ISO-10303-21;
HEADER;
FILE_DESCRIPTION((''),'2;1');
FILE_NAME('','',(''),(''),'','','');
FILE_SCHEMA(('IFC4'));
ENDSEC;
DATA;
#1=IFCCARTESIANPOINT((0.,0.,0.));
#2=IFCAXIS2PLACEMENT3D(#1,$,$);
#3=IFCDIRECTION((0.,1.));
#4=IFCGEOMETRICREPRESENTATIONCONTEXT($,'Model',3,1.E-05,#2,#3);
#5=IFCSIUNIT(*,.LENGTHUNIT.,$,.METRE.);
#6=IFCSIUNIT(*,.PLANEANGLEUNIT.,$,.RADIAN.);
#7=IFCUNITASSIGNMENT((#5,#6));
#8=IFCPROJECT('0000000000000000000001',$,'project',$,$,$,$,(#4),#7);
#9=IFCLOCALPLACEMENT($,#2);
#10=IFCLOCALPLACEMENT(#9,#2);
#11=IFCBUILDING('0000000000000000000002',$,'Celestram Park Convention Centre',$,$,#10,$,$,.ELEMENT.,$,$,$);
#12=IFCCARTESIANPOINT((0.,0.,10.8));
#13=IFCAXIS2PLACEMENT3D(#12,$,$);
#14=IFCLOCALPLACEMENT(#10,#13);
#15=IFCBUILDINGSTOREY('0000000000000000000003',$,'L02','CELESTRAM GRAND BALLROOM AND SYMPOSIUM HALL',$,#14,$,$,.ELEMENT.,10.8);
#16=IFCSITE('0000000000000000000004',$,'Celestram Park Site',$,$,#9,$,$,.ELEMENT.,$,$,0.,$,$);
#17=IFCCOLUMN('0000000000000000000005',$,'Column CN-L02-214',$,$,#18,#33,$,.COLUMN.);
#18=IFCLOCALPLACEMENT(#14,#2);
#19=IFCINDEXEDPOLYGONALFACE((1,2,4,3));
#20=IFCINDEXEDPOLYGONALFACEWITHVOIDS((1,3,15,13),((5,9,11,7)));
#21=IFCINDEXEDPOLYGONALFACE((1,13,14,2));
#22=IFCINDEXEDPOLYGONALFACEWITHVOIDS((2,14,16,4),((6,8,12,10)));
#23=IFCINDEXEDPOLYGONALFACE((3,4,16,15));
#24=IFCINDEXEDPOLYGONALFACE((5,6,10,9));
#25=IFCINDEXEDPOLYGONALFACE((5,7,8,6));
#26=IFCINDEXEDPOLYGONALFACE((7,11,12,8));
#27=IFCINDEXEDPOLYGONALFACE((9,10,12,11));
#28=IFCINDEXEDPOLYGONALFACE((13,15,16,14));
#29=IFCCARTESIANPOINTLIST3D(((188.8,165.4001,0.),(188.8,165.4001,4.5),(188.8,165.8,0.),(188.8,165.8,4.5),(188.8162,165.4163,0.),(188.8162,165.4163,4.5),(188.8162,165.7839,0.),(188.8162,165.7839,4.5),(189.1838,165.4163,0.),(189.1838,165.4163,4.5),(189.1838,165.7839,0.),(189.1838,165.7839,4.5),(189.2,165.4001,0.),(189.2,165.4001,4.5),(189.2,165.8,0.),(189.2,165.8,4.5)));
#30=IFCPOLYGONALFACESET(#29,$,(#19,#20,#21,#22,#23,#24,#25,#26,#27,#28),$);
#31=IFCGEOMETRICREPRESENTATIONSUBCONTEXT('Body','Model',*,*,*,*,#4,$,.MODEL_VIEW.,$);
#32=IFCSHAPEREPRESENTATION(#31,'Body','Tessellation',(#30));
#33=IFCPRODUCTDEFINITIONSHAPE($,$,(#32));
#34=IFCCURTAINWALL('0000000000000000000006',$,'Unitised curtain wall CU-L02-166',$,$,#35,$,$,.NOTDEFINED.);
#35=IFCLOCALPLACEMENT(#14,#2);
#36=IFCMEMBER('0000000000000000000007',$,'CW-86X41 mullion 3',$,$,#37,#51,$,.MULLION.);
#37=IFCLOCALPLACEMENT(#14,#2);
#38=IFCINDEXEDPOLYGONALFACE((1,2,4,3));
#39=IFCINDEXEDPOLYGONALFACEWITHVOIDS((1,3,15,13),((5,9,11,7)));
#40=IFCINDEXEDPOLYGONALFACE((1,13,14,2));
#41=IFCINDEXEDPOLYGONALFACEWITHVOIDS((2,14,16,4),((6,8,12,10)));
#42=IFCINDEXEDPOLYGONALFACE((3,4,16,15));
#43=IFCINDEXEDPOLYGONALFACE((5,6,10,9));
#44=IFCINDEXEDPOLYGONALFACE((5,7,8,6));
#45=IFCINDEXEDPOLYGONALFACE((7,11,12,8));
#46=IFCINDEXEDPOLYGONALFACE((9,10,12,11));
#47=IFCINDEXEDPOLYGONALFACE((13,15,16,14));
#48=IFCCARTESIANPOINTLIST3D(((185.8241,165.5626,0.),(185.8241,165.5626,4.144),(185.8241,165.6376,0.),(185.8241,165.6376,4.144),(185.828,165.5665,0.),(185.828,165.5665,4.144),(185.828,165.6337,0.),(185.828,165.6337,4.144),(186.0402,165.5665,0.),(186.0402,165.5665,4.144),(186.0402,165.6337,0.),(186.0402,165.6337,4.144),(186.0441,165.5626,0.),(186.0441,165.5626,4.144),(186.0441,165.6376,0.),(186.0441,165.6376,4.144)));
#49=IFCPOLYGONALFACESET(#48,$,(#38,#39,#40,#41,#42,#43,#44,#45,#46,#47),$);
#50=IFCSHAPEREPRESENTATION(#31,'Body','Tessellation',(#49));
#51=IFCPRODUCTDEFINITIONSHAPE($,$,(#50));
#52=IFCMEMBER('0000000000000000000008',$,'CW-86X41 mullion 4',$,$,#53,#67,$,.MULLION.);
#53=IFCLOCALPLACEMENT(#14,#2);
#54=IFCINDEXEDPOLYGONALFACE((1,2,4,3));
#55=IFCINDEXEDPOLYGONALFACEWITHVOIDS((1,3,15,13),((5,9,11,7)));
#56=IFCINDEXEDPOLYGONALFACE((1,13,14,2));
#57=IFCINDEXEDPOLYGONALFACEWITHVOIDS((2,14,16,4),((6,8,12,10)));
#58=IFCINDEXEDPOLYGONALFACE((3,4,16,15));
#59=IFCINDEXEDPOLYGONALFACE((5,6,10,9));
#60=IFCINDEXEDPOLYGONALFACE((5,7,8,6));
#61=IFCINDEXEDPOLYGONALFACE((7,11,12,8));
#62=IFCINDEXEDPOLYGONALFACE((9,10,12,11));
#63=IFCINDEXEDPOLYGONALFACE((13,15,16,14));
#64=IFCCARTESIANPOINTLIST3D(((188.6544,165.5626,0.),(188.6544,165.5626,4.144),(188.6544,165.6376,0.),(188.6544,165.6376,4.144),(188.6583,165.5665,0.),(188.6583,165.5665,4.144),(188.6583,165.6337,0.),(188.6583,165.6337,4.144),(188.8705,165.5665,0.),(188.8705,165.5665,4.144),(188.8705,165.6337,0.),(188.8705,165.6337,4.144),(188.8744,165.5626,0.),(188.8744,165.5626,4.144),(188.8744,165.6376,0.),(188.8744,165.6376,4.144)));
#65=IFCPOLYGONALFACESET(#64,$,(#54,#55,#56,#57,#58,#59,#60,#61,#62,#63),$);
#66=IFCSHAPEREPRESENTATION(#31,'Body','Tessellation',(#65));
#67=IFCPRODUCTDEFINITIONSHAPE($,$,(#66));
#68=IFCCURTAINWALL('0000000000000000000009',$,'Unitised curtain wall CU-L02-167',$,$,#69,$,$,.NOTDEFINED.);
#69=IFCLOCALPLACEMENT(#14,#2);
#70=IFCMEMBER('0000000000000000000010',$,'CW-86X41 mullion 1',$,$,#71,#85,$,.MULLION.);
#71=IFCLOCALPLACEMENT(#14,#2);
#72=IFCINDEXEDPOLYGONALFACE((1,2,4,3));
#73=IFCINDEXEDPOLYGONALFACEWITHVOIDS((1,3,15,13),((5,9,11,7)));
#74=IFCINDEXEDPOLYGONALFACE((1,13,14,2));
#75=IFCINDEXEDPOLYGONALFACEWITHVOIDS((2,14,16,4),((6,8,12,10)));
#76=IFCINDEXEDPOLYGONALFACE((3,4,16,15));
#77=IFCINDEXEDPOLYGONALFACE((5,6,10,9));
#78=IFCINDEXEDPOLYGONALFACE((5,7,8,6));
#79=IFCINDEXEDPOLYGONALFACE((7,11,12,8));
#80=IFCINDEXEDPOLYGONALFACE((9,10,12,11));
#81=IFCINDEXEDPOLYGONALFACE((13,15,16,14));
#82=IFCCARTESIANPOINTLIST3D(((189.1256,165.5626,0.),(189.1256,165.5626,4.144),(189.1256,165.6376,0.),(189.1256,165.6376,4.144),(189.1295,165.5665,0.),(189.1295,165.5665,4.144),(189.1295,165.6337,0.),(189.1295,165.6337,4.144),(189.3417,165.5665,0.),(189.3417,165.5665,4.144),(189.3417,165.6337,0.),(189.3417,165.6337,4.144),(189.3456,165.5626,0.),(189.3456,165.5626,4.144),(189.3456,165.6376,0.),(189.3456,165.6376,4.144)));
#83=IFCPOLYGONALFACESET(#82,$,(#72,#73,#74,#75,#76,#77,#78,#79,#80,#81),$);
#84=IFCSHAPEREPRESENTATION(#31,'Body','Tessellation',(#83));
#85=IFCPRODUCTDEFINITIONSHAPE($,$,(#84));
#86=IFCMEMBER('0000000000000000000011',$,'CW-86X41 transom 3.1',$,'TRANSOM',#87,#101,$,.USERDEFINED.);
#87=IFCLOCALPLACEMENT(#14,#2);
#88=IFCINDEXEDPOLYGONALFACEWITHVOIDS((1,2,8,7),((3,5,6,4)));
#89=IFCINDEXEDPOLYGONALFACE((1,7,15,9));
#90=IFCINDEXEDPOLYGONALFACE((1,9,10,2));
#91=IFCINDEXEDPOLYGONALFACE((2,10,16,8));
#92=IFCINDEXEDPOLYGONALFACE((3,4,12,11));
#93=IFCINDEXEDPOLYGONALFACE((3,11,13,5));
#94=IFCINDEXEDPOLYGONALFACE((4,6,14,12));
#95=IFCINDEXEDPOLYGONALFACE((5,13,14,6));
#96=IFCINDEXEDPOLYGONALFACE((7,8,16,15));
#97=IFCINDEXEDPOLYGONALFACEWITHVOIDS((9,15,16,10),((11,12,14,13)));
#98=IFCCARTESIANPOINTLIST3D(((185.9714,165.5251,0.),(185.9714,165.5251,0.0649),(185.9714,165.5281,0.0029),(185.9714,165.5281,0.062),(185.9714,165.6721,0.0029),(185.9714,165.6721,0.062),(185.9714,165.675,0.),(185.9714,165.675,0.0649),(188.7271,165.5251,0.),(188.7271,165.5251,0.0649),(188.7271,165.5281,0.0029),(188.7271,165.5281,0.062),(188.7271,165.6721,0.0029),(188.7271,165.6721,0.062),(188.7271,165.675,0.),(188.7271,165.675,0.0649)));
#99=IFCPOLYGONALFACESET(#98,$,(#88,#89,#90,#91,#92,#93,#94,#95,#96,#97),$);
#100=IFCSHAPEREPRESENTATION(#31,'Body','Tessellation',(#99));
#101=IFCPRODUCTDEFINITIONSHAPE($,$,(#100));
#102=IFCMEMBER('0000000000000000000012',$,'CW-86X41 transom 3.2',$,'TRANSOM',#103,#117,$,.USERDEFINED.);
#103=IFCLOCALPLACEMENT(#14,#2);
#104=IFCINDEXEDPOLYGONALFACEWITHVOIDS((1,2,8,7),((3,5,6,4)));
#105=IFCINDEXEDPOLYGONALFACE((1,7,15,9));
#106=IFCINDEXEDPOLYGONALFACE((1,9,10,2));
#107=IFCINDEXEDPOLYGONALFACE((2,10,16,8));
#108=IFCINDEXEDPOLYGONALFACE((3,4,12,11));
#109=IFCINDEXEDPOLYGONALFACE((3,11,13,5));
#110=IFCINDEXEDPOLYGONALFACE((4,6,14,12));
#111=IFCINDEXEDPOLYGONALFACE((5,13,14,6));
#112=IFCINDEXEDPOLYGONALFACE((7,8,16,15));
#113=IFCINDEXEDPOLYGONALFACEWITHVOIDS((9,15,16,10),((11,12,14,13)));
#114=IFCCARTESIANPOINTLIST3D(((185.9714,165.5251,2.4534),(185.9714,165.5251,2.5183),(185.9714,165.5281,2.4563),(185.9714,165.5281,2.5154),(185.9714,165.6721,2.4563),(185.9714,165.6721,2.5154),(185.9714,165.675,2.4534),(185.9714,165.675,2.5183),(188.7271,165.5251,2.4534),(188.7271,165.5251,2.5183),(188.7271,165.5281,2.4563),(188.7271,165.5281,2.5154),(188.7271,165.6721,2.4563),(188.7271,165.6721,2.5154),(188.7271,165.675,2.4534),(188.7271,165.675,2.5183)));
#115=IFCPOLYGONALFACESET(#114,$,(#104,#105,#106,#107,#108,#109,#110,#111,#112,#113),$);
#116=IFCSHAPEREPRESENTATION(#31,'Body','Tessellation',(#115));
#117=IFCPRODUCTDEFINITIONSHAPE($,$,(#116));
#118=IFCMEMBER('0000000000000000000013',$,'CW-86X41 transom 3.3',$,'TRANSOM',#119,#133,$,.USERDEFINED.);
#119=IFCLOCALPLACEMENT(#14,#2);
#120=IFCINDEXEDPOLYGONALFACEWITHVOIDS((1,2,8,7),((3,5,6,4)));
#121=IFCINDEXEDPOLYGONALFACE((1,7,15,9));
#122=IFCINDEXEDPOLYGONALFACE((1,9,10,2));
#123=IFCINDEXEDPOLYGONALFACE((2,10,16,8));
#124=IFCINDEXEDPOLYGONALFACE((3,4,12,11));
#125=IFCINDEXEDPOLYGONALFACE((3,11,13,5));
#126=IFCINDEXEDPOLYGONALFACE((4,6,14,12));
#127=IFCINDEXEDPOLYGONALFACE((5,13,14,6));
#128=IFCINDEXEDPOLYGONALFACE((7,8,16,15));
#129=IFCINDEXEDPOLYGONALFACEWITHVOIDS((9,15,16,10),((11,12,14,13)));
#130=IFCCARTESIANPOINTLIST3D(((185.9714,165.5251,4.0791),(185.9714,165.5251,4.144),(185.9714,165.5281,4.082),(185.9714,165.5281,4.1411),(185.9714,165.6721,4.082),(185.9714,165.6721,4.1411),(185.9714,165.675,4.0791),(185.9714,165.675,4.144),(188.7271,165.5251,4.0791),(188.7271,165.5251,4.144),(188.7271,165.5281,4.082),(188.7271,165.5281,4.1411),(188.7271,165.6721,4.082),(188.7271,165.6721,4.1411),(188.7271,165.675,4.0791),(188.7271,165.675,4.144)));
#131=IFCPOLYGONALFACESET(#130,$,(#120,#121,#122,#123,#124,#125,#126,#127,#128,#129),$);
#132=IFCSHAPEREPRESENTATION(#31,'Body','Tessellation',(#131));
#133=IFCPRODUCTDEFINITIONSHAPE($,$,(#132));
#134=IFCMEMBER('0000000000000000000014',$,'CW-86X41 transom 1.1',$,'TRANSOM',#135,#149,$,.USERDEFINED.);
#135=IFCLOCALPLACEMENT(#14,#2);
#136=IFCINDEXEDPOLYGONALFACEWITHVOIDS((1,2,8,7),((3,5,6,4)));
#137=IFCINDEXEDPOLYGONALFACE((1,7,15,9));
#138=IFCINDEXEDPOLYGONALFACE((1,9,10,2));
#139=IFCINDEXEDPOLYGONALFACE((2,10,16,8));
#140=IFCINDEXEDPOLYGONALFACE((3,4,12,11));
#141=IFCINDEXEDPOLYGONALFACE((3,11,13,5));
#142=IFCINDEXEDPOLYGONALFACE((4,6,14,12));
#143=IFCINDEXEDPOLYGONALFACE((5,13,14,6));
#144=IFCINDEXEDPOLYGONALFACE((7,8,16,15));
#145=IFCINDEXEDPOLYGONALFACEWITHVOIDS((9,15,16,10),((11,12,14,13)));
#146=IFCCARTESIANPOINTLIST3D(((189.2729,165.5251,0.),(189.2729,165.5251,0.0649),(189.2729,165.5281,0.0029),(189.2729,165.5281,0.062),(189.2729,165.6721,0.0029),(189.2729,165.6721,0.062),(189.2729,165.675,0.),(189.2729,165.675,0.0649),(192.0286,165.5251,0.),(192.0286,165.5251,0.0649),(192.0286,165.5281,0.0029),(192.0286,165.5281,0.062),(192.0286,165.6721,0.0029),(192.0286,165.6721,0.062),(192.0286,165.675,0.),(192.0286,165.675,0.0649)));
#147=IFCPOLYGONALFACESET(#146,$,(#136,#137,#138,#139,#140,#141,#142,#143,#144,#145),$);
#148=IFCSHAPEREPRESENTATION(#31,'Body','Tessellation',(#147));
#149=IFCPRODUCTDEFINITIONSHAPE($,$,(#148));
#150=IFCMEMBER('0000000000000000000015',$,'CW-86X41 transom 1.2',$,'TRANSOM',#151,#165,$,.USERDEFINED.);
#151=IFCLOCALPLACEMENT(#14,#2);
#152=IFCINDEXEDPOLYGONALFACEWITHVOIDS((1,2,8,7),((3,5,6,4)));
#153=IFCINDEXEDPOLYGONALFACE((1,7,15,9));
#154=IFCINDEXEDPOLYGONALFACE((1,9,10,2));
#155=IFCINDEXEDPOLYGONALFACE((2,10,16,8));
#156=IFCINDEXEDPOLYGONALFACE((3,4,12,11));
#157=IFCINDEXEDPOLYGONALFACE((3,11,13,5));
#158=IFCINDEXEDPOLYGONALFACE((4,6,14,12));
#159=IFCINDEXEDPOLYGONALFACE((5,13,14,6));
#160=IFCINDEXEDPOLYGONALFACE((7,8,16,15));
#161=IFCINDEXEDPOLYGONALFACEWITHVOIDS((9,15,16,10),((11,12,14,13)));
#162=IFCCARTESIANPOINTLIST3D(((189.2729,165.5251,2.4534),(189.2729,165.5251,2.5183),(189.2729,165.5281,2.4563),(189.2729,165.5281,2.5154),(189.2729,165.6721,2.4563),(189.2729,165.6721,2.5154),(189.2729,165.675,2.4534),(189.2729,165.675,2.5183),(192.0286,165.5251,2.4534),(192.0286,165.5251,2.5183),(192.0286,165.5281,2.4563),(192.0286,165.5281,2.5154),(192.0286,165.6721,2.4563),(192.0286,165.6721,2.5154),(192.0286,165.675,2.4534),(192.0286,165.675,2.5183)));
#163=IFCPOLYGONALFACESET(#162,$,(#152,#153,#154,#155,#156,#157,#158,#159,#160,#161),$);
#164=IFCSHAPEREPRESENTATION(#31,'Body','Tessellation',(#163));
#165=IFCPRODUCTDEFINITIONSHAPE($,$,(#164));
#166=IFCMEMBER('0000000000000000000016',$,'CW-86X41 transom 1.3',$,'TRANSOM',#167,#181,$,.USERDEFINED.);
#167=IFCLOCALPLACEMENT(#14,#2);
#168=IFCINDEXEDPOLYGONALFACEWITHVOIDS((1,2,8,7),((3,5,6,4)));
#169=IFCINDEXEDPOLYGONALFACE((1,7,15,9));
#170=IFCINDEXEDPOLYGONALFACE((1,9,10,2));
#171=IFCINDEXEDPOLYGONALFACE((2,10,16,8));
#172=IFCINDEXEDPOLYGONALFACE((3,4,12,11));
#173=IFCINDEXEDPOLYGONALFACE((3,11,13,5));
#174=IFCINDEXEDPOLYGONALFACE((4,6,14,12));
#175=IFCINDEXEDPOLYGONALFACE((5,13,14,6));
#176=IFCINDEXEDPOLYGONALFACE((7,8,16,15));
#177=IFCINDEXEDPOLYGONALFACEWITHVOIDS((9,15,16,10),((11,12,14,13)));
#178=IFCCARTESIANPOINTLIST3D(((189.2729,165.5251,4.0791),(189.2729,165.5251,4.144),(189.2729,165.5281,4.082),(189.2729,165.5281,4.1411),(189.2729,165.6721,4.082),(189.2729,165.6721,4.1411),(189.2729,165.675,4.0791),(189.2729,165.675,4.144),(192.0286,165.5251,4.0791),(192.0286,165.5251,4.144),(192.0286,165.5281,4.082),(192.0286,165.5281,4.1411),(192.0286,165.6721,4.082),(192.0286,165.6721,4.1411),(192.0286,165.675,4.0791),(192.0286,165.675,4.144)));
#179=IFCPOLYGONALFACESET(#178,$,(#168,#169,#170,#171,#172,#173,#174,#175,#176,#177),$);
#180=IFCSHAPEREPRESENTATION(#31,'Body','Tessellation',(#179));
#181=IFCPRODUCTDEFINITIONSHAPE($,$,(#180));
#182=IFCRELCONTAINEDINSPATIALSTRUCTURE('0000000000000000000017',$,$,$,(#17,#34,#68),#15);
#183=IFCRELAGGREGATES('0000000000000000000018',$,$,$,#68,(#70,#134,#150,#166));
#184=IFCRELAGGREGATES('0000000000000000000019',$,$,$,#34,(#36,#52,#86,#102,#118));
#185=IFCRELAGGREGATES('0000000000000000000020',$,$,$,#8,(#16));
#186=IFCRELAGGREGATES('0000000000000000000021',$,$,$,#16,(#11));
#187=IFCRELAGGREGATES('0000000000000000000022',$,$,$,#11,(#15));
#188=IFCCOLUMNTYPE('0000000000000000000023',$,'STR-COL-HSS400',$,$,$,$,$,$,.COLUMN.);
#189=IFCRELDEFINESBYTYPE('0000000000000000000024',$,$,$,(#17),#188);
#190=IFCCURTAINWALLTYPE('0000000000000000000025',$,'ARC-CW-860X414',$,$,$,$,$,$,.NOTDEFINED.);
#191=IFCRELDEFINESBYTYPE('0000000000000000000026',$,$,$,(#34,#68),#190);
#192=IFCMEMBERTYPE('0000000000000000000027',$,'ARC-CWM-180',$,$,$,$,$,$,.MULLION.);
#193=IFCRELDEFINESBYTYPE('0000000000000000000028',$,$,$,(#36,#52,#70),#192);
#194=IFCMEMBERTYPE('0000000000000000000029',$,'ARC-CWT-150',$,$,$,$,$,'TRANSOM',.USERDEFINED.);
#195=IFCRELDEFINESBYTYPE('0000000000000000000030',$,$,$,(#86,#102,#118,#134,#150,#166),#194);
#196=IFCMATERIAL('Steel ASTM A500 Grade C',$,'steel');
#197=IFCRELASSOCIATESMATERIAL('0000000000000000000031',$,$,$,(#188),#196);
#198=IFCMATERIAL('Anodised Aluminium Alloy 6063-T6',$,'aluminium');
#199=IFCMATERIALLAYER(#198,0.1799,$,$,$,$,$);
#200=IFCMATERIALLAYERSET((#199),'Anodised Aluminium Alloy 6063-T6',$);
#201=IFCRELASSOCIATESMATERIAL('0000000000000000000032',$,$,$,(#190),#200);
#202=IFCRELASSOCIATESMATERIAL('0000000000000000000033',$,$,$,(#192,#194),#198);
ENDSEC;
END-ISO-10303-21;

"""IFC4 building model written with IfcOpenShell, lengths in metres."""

from ifc_helpers import new_model, si_unit, direction, frame, origin, origin_2d, place, context, subcontext, project, spatial, hollow_rectangle, extrude, material, layer, layer_set, material_profile, profile_set, type_object, element, aggregate, save


model = new_model("IFC4")

# Units and contexts
model_context = context("Model", 3, precision=1e-05, world=origin(), true_north=direction((0.0, 1.0)))
body_context = subcontext(model_context, "Body", "Model", "MODEL_VIEW")
ifc_project = project(units=[si_unit("LENGTHUNIT", "METRE"), si_unit("PLANEANGLEUNIT", "RADIAN")], contexts=[model_context])

# Site, building, storey
site_placement = place(None, origin())
site = spatial("IfcSite", under=ifc_project, at=site_placement, Name="Celestram Park Site", CompositionType="ELEMENT", RefElevation=0.0)
building_placement = place(site_placement, origin())
building = spatial("IfcBuilding", under=site, at=building_placement, Name="Celestram Park Convention Centre", CompositionType="ELEMENT")
storey_placement = place(building_placement, frame((0.0, 0.0, 10.8)))
storey = spatial("IfcBuildingStorey", under=building, at=storey_placement, Name="L02", Description="CELESTRAM GRAND BALLROOM AND SYMPOSIUM HALL", CompositionType="ELEMENT", Elevation=10.8)

# Column
ifc_material_1 = material(Name="Steel ASTM A500 Grade C", Category="steel")
ifc_material_profile_1 = material_profile(ifc_material_1, hollow_rectangle(XDim=0.3999, YDim=0.3999, WallThickness=0.0161, at=origin_2d()), Name="HSS400X400X16")
ifc_profile_set_1 = profile_set([ifc_material_profile_1], Name="Steel ASTM A500 Grade C")
column_type = type_object("IfcColumnType", Name="STR-COL-HSS400", PredefinedType="COLUMN", material=ifc_profile_set_1)
column_placement = place(storey_placement, frame((189.0, 165.6001, 0.0), z_axis=(0.0, 0.0, 1.0), x_axis=(1.0, 0.0, 0.0)))
element("IfcColumn", 1, at=column_placement, inside=storey, type_object=column_type, Name="Column CN-L02-214", PredefinedType="COLUMN", context=body_context, shape_type="SweptSolid", body=[
    extrude(hollow_rectangle(XDim=0.3999, YDim=0.3999, WallThickness=0.0161, at=origin_2d()), origin(), (0.0, 0.0, 1.0), 4.5),
])

# Curtain wall, members
ifc_material_2 = material(Name="Anodised Aluminium Alloy 6063-T6", Category="aluminium")
ifc_layer_1 = layer(ifc_material_2, 0.1799)
ifc_layer_set_1 = layer_set([ifc_layer_1], Name="Anodised Aluminium Alloy 6063-T6")
curtain_wall_type = type_object("IfcCurtainWallType", Name="ARC-CW-860X414", PredefinedType="NOTDEFINED", material=ifc_layer_set_1)
curtain_wall_1_placement = place(storey_placement, origin())
curtain_wall_1 = element("IfcCurtainWall", 2, at=curtain_wall_1_placement, inside=storey, type_object=curtain_wall_type, Name="Unitised curtain wall CU-L02-166", PredefinedType="NOTDEFINED")
ifc_material_profile_2 = material_profile(ifc_material_2, hollow_rectangle(XDim=0.075, YDim=0.22, WallThickness=0.0039, at=origin_2d()), Name="ALU75X220X4")
ifc_profile_set_2 = profile_set([ifc_material_profile_2], Name="Anodised Aluminium Alloy 6063-T6")
member_type_1 = type_object("IfcMemberType", Name="ARC-CWM-180", PredefinedType="MULLION", material=ifc_profile_set_2)
member_1_placement = place(storey_placement, frame((185.9341, 165.6001, 0.0), z_axis=(0.0, 0.0, 1.0), x_axis=(0.0, 1.0, 0.0)))
member_1 = element("IfcMember", 3, at=member_1_placement, type_object=member_type_1, Name="CW-86X41 mullion 3", PredefinedType="MULLION", context=body_context, shape_type="SweptSolid", body=[
    extrude(hollow_rectangle(XDim=0.075, YDim=0.22, WallThickness=0.0039, at=origin_2d()), origin(), (0.0, 0.0, 1.0), 4.144),
])
member_2_placement = place(storey_placement, frame((188.7644, 165.6001, 0.0), z_axis=(0.0, 0.0, 1.0), x_axis=(0.0, 1.0, 0.0)))
member_2 = element("IfcMember", 4, at=member_2_placement, type_object=member_type_1, Name="CW-86X41 mullion 4", PredefinedType="MULLION", context=body_context, shape_type="SweptSolid", body=[
    extrude(hollow_rectangle(XDim=0.075, YDim=0.22, WallThickness=0.0039, at=origin_2d()), origin(), (0.0, 0.0, 1.0), 4.144),
])

# Curtain wall, member
curtain_wall_2_placement = place(storey_placement, origin())
curtain_wall_2 = element("IfcCurtainWall", 5, at=curtain_wall_2_placement, inside=storey, type_object=curtain_wall_type, Name="Unitised curtain wall CU-L02-167", PredefinedType="NOTDEFINED")
member_3_placement = place(storey_placement, frame((189.2356, 165.6001, 0.0), z_axis=(0.0, 0.0, 1.0), x_axis=(0.0, 1.0, 0.0)))
member_3 = element("IfcMember", 6, at=member_3_placement, type_object=member_type_1, Name="CW-86X41 mullion 1", PredefinedType="MULLION", context=body_context, shape_type="SweptSolid", body=[
    extrude(hollow_rectangle(XDim=0.075, YDim=0.22, WallThickness=0.0039, at=origin_2d()), origin(), (0.0, 0.0, 1.0), 4.144),
])

# Members
ifc_material_profile_3 = material_profile(ifc_material_2, hollow_rectangle(XDim=0.1499, YDim=0.0649, WallThickness=0.0029, at=origin_2d()), Name="ALU150X65X3")
ifc_profile_set_3 = profile_set([ifc_material_profile_3], Name="Anodised Aluminium Alloy 6063-T6")
member_type_2 = type_object("IfcMemberType", Name="ARC-CWT-150", ElementType="TRANSOM", PredefinedType="USERDEFINED", material=ifc_profile_set_3)
member_4_placement = place(storey_placement, frame((185.9714, 165.6001, 0.0325), z_axis=(1.0, 0.0, 0.0), x_axis=(0.0, 1.0, 0.0)))
member_4 = element("IfcMember", 7, at=member_4_placement, type_object=member_type_2, Name="CW-86X41 transom 3.1", ObjectType="TRANSOM", PredefinedType="USERDEFINED", context=body_context, shape_type="SweptSolid", body=[
    extrude(hollow_rectangle(XDim=0.1499, YDim=0.0649, WallThickness=0.0029, at=origin_2d()), origin(), (0.0, 0.0, 1.0), 2.7556),
])
member_5_placement = place(storey_placement, frame((185.9714, 165.6001, 2.4858), z_axis=(1.0, 0.0, 0.0), x_axis=(0.0, 1.0, 0.0)))
member_5 = element("IfcMember", 8, at=member_5_placement, type_object=member_type_2, Name="CW-86X41 transom 3.2", ObjectType="TRANSOM", PredefinedType="USERDEFINED", context=body_context, shape_type="SweptSolid", body=[
    extrude(hollow_rectangle(XDim=0.1499, YDim=0.0649, WallThickness=0.0029, at=origin_2d()), origin(), (0.0, 0.0, 1.0), 2.7556),
])
member_6_placement = place(storey_placement, frame((185.9714, 165.6001, 4.1116), z_axis=(1.0, 0.0, 0.0), x_axis=(0.0, 1.0, 0.0)))
member_6 = element("IfcMember", 9, at=member_6_placement, type_object=member_type_2, Name="CW-86X41 transom 3.3", ObjectType="TRANSOM", PredefinedType="USERDEFINED", context=body_context, shape_type="SweptSolid", body=[
    extrude(hollow_rectangle(XDim=0.1499, YDim=0.0649, WallThickness=0.0029, at=origin_2d()), origin(), (0.0, 0.0, 1.0), 2.7556),
])
member_7_placement = place(storey_placement, frame((189.2729, 165.6001, 0.0325), z_axis=(1.0, 0.0, 0.0), x_axis=(0.0, 1.0, 0.0)))
member_7 = element("IfcMember", 10, at=member_7_placement, type_object=member_type_2, Name="CW-86X41 transom 1.1", ObjectType="TRANSOM", PredefinedType="USERDEFINED", context=body_context, shape_type="SweptSolid", body=[
    extrude(hollow_rectangle(XDim=0.1499, YDim=0.0649, WallThickness=0.0029, at=origin_2d()), origin(), (0.0, 0.0, 1.0), 2.7556),
])
member_8_placement = place(storey_placement, frame((189.2729, 165.6001, 2.4858), z_axis=(1.0, 0.0, 0.0), x_axis=(0.0, 1.0, 0.0)))
member_8 = element("IfcMember", 11, at=member_8_placement, type_object=member_type_2, Name="CW-86X41 transom 1.2", ObjectType="TRANSOM", PredefinedType="USERDEFINED", context=body_context, shape_type="SweptSolid", body=[
    extrude(hollow_rectangle(XDim=0.1499, YDim=0.0649, WallThickness=0.0029, at=origin_2d()), origin(), (0.0, 0.0, 1.0), 2.7556),
])
member_9_placement = place(storey_placement, frame((189.2729, 165.6001, 4.1116), z_axis=(1.0, 0.0, 0.0), x_axis=(0.0, 1.0, 0.0)))
member_9 = element("IfcMember", 12, at=member_9_placement, type_object=member_type_2, Name="CW-86X41 transom 1.3", ObjectType="TRANSOM", PredefinedType="USERDEFINED", context=body_context, shape_type="SweptSolid", body=[
    extrude(hollow_rectangle(XDim=0.1499, YDim=0.0649, WallThickness=0.0029, at=origin_2d()), origin(), (0.0, 0.0, 1.0), 2.7556),
])
aggregate(curtain_wall_2, [member_3, member_7, member_8, member_9])

aggregate(curtain_wall_1, [member_1, member_2, member_4, member_5, member_6])

save(model, "model.ifc")
